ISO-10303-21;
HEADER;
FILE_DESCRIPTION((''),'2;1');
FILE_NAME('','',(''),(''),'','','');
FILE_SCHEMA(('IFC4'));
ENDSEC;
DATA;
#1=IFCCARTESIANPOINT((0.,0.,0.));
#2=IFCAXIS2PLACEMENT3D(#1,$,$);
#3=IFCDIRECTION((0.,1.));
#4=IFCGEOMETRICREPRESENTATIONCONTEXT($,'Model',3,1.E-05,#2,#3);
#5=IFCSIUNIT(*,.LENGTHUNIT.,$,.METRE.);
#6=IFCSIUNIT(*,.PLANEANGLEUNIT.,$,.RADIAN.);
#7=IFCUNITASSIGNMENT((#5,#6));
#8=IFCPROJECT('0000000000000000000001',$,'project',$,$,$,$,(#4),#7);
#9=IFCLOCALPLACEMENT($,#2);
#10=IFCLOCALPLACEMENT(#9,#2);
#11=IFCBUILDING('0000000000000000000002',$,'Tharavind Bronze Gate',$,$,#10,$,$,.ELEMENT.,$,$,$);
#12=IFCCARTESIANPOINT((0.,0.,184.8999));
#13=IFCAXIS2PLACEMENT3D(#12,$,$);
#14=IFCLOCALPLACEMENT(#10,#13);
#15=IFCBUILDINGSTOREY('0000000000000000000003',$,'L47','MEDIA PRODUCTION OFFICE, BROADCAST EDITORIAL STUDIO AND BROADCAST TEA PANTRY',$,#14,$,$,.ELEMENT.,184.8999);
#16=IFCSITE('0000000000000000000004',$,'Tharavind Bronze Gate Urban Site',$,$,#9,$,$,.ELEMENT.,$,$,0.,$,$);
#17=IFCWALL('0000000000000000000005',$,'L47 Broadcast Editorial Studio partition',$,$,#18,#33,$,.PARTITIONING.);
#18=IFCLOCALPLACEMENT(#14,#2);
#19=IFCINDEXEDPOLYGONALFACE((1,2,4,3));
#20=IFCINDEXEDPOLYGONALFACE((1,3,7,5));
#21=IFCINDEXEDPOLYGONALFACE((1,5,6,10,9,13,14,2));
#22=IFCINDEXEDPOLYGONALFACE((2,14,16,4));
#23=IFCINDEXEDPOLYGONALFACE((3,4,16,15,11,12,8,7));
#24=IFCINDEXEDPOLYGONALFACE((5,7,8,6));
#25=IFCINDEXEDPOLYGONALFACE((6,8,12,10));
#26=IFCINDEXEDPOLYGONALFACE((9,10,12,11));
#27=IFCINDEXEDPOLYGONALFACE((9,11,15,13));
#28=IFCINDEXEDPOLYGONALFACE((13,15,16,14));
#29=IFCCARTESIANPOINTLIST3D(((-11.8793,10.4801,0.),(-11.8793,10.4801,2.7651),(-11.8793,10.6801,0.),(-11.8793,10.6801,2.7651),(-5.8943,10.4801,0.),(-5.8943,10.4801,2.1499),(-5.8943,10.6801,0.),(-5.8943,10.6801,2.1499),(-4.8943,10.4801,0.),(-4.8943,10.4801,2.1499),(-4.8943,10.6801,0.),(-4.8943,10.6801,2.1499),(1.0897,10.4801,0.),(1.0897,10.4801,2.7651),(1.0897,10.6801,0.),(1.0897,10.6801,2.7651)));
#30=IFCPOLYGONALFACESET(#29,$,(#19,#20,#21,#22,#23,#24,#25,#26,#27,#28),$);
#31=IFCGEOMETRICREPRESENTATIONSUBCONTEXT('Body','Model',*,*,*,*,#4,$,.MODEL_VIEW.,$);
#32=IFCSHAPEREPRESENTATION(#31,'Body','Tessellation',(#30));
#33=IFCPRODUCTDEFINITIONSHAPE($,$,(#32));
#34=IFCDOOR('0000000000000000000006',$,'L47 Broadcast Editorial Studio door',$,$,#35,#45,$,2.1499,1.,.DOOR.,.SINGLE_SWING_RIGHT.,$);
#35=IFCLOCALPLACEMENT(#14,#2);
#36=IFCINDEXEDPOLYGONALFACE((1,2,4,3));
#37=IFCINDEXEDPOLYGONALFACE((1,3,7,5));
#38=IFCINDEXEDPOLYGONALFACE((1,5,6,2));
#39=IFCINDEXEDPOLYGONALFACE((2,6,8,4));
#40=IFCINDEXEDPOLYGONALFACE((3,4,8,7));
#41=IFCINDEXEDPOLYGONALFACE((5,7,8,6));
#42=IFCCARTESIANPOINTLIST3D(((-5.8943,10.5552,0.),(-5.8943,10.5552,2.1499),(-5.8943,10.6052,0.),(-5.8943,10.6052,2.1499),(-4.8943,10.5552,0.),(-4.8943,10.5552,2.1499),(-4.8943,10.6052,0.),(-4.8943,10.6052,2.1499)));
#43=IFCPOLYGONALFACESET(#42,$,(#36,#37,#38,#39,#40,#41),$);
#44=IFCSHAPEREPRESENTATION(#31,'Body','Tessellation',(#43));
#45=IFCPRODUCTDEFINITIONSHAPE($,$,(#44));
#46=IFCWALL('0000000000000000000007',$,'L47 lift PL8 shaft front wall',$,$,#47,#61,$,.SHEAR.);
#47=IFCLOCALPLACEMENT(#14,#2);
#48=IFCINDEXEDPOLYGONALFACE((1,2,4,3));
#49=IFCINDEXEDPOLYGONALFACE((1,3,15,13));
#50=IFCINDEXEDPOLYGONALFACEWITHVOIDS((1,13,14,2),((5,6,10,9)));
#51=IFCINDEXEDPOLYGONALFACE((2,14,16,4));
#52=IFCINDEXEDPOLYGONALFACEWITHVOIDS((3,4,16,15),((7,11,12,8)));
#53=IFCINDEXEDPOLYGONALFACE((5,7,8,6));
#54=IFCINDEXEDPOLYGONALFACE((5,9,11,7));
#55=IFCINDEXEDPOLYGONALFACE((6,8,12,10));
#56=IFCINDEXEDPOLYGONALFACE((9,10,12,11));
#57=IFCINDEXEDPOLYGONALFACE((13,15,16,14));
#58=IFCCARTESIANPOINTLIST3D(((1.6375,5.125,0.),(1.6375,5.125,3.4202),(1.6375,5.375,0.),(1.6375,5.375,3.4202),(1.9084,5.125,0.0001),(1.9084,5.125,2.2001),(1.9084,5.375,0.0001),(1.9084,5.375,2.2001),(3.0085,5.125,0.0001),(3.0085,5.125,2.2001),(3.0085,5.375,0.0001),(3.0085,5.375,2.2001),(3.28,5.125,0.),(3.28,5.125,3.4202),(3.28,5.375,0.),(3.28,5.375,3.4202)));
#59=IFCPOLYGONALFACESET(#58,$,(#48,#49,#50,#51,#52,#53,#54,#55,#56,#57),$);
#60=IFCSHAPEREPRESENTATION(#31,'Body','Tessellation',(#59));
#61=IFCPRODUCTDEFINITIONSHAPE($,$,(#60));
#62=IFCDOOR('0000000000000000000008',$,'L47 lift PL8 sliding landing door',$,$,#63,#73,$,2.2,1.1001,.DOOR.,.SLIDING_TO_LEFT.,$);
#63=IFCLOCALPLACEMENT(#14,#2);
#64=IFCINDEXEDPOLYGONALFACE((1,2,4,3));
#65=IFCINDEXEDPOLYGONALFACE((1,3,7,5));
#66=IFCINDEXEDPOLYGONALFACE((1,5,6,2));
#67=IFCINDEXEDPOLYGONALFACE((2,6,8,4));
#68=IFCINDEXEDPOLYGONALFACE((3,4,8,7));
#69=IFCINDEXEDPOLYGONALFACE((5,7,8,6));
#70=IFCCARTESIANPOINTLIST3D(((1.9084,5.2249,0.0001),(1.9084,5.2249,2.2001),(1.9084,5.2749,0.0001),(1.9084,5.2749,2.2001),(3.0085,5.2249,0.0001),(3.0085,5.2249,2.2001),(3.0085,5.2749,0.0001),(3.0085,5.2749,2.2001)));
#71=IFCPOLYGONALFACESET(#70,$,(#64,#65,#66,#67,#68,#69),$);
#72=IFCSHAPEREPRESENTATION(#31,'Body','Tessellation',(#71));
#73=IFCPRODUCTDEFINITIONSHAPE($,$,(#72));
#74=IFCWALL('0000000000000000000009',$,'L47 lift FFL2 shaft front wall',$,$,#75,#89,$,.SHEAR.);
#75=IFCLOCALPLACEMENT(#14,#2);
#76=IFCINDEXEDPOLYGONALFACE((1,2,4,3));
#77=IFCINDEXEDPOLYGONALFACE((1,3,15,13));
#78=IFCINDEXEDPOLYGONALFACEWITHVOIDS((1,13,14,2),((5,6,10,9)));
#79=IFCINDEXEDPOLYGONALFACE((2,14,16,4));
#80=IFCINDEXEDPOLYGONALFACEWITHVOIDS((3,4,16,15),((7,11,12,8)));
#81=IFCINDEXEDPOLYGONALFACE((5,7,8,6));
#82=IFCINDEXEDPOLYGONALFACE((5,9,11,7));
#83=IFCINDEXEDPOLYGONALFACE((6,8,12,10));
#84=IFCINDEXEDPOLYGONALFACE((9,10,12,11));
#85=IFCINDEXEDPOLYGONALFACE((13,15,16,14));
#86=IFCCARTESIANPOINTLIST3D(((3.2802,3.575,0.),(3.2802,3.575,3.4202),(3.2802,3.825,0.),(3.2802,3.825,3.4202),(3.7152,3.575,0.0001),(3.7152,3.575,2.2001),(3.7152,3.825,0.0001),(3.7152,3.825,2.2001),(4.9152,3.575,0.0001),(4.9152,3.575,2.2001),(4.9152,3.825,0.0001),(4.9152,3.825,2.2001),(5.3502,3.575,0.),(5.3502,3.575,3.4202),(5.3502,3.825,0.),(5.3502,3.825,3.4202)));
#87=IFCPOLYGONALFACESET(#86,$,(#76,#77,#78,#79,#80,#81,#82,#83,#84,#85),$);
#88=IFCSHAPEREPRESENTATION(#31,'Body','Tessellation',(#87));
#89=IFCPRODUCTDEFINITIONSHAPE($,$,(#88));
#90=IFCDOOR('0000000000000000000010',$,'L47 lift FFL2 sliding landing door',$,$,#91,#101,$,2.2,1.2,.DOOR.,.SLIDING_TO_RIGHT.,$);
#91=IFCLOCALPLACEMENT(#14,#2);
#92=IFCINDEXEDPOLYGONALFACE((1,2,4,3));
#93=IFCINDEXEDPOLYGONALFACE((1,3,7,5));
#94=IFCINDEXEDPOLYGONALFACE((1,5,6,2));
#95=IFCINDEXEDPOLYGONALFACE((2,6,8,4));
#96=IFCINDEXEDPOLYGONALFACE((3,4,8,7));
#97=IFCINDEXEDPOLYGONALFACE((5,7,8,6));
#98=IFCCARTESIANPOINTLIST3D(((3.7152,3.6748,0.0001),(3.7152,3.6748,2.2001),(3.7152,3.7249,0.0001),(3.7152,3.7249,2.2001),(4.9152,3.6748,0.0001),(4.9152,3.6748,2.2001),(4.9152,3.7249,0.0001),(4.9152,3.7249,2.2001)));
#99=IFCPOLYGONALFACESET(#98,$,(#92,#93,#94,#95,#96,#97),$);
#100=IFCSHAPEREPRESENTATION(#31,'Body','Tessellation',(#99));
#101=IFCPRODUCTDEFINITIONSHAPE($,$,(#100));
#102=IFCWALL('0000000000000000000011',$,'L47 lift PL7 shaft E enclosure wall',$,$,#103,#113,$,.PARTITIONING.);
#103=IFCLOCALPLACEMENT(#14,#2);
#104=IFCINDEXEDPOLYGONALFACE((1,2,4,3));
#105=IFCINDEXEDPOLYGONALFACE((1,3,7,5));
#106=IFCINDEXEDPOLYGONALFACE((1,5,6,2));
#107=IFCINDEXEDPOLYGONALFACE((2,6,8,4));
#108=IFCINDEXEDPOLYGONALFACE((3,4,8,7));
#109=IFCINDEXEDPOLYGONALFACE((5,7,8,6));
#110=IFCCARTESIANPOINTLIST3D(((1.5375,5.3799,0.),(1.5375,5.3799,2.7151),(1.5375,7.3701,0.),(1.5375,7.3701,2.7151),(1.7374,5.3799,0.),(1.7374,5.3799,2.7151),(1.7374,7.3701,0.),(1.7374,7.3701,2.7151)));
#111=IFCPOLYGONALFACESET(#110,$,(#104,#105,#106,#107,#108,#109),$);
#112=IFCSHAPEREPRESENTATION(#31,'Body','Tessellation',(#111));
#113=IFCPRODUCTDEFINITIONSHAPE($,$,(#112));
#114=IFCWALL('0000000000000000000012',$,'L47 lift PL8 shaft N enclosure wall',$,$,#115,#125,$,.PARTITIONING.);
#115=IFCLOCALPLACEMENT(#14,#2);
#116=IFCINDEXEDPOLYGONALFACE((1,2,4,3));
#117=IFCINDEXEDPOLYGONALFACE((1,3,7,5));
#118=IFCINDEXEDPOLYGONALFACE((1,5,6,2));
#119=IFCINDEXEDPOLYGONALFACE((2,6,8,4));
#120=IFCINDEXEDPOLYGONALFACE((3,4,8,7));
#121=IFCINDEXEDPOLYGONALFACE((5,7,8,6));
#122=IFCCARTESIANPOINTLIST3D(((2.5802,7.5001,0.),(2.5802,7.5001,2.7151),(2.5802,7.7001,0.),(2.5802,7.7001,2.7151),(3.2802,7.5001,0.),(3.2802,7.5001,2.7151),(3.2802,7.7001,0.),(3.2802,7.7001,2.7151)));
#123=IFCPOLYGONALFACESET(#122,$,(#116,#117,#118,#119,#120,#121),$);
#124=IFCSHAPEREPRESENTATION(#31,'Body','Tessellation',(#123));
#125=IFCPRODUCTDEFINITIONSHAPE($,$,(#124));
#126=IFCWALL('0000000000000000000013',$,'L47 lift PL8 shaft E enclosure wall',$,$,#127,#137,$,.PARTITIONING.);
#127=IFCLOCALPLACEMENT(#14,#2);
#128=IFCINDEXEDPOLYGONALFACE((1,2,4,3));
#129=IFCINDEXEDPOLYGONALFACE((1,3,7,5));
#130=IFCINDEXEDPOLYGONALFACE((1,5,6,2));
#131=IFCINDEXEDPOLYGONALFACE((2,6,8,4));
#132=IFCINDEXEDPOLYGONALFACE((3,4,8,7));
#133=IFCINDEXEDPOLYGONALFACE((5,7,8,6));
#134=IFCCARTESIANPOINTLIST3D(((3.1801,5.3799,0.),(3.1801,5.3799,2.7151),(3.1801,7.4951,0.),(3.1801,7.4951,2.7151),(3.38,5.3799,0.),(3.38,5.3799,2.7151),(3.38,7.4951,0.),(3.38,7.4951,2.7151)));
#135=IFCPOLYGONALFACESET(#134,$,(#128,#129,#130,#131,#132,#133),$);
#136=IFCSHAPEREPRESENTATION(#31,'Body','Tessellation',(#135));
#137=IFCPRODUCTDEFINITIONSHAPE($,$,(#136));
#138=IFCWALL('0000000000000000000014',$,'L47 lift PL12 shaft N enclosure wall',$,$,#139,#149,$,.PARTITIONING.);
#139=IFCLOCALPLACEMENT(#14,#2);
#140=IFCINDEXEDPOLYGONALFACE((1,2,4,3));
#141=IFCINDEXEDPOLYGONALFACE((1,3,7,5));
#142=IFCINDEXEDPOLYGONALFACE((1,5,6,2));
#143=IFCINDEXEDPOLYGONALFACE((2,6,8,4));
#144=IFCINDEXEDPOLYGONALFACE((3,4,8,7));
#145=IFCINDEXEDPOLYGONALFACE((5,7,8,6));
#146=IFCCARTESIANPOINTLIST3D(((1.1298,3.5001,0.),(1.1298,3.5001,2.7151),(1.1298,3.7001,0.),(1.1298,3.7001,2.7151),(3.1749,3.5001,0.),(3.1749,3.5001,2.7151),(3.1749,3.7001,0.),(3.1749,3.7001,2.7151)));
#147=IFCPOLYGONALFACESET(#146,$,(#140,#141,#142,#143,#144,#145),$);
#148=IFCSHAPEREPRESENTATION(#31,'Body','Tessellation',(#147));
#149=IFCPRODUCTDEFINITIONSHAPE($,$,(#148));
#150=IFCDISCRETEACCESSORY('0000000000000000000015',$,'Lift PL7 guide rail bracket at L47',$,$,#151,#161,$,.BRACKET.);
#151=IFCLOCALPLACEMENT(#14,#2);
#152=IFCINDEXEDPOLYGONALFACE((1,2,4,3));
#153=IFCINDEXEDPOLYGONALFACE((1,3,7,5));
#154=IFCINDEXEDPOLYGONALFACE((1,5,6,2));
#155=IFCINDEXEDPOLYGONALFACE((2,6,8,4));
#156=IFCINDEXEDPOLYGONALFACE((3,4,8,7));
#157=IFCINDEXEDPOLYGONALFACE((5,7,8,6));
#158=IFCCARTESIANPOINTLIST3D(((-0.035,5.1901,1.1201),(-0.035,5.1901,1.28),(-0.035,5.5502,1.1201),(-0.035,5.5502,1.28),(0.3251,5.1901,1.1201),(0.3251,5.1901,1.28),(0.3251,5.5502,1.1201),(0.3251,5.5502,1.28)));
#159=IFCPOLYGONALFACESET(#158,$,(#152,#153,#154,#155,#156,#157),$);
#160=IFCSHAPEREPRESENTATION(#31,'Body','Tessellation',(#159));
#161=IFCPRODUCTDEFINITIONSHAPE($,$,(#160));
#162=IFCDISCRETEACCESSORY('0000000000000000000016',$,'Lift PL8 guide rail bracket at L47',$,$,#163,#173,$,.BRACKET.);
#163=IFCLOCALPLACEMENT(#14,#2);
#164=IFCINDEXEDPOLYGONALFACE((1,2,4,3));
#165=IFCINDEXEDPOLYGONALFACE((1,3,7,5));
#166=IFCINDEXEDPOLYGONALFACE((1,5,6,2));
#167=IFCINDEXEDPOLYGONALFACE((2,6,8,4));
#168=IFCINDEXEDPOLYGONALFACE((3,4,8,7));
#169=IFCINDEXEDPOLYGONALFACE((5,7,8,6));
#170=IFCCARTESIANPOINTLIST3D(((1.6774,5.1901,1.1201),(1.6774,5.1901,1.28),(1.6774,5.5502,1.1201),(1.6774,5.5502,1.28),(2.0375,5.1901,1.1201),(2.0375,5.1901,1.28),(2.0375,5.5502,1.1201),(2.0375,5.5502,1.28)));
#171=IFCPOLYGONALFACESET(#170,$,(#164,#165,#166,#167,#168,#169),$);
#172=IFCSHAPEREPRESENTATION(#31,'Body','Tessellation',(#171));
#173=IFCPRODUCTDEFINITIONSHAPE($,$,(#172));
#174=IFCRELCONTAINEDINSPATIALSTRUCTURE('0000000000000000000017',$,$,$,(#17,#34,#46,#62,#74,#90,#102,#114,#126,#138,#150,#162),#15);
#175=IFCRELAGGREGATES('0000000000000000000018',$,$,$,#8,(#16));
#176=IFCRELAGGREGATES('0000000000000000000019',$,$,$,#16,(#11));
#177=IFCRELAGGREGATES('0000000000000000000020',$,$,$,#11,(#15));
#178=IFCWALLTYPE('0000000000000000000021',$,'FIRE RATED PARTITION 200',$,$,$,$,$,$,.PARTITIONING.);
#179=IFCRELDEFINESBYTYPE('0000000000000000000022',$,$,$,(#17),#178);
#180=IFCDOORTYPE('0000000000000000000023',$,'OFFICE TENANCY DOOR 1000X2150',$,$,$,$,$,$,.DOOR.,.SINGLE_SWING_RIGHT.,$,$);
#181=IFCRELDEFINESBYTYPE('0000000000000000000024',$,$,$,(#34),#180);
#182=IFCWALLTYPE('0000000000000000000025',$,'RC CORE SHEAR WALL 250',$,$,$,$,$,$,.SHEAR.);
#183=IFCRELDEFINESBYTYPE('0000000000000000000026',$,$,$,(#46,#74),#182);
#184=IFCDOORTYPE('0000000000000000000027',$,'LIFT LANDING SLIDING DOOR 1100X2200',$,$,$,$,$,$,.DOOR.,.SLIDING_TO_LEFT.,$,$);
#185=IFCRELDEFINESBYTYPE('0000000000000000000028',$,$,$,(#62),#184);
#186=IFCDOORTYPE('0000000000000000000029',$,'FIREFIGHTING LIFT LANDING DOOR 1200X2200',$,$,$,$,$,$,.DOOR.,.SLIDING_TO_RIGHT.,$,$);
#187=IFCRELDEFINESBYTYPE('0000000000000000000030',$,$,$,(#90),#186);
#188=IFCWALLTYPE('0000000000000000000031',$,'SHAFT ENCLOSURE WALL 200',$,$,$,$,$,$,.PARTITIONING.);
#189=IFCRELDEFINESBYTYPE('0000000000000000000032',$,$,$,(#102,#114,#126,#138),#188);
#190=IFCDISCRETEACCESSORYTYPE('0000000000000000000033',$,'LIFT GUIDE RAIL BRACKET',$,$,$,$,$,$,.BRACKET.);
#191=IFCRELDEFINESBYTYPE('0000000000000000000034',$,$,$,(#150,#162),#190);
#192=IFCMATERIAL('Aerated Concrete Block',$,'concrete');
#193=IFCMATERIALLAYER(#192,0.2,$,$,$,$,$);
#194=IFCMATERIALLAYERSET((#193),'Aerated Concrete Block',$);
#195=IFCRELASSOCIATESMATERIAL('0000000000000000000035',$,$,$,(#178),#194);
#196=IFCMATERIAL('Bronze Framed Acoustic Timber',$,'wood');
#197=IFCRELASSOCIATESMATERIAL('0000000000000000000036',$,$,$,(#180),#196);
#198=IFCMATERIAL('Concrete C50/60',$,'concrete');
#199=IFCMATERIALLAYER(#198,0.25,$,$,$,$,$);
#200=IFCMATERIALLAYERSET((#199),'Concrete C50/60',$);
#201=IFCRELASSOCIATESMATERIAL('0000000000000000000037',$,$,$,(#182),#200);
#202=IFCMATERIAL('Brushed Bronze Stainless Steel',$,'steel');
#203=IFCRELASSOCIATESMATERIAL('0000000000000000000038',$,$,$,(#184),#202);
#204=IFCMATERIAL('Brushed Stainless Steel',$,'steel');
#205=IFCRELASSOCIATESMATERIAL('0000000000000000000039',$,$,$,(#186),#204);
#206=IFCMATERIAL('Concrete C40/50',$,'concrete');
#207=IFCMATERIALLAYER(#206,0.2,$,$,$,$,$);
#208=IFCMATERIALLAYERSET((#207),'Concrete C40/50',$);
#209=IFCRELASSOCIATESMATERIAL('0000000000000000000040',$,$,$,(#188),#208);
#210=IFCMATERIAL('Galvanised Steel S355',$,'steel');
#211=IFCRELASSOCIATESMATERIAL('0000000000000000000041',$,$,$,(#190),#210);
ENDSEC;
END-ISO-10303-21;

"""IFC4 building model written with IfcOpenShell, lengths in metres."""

from ifc_helpers import new_model, si_unit, direction, frame, frame_2d, origin, origin_2d, place, context, subcontext, project, spatial, rectangle, extrude, material, layer, layer_set, type_object, element, fill, save


model = new_model("IFC4")

# Units and contexts
model_context = context("Model", 3, precision=1e-05, world=origin(), true_north=direction((0.0, 1.0)))
body_context = subcontext(model_context, "Body", "Model", "MODEL_VIEW")
ifc_project = project(units=[si_unit("LENGTHUNIT", "METRE"), si_unit("PLANEANGLEUNIT", "RADIAN")], contexts=[model_context])

# Site, building, storey
site_placement = place(None, origin())
site = spatial("IfcSite", under=ifc_project, at=site_placement, Name="Tharavind Bronze Gate Urban Site", CompositionType="ELEMENT", RefElevation=0.0)
building_placement = place(site_placement, origin())
building = spatial("IfcBuilding", under=site, at=building_placement, Name="Tharavind Bronze Gate", CompositionType="ELEMENT")
storey_placement = place(building_placement, frame((0.0, 0.0, 184.8999)))
storey = spatial("IfcBuildingStorey", under=building, at=storey_placement, Name="L47", Description="MEDIA PRODUCTION OFFICE, BROADCAST EDITORIAL STUDIO AND BROADCAST TEA PANTRY", CompositionType="ELEMENT", Elevation=184.8999)

# Shared definitions
ifc_material_1 = material(Name="Aerated Concrete Block", Category="concrete")
ifc_layer_1 = layer(ifc_material_1, 0.2)
ifc_layer_set_1 = layer_set([ifc_layer_1], Name="Aerated Concrete Block")
wall_type_1 = type_object("IfcWallType", Name="FIRE RATED PARTITION 200", PredefinedType="PARTITIONING", material=ifc_layer_set_1)

# Walls, openings, doors
wall_1_placement = place(storey_placement, frame((1.0896, 10.5801, 0.0), z_axis=(0.0, 0.0, 1.0), x_axis=(-1.0, 0.0, 0.0)))
wall_1 = element("IfcWall", 1, at=wall_1_placement, inside=storey, type_object=wall_type_1, Name="L47 Broadcast Editorial Studio partition", PredefinedType="PARTITIONING", context=body_context, shape_type="SweptSolid", body=[
    extrude(rectangle(XDim=12.969, YDim=0.2, at=frame_2d((6.4844, 0.0))), origin(), (0.0, 0.0, 1.0), 2.7651),
])
opening_1_placement = place(wall_1_placement, frame((5.9839, 0.0, 0.0)))
opening_1 = element("IfcOpeningElement", 2, at=opening_1_placement, cuts=wall_1, PredefinedType="OPENING", context=body_context, shape_type="SweptSolid", body=[
    extrude(rectangle(XDim=1.0, YDim=2.1499, at=frame_2d((0.5, 1.075))), frame((0.0, 0.1101, 0.0), z_axis=(0.0, -1.0, 0.0), x_axis=(1.0, 0.0, 0.0)), (0.0, 0.0, 1.0), 0.22),
])
ifc_material_2 = material(Name="Bronze Framed Acoustic Timber", Category="wood")
door_type_1 = type_object("IfcDoorType", Name="OFFICE TENANCY DOOR 1000X2150", OperationType="SINGLE_SWING_RIGHT", PredefinedType="DOOR", material=ifc_material_2)
door_1_placement = place(opening_1_placement, origin())
door_1 = element("IfcDoor", 3, at=door_1_placement, inside=storey, type_object=door_type_1, Name="L47 Broadcast Editorial Studio door", OperationType="SINGLE_SWING_RIGHT", OverallHeight=2.1499, OverallWidth=1.0, PredefinedType="DOOR", context=body_context, shape_type="SweptSolid", body=[
    extrude(rectangle(XDim=1.0, YDim=2.1499, at=frame_2d((0.5, 1.075))), frame((0.0, 0.0249, 0.0), z_axis=(0.0, -1.0, 0.0), x_axis=(1.0, 0.0, 0.0)), (0.0, 0.0, 1.0), 0.05),
])
fill(opening_1, door_1)
ifc_material_3 = material(Name="Concrete C50/60", Category="concrete")
ifc_layer_2 = layer(ifc_material_3, 0.25)
ifc_layer_set_2 = layer_set([ifc_layer_2], Name="Concrete C50/60")
wall_type_2 = type_object("IfcWallType", Name="RC CORE SHEAR WALL 250", PredefinedType="SHEAR", material=ifc_layer_set_2)
wall_2_placement = place(storey_placement, frame((1.6375, 5.25, 0.0), z_axis=(0.0, 0.0, 1.0), x_axis=(1.0, 0.0, 0.0)))
wall_2 = element("IfcWall", 4, at=wall_2_placement, inside=storey, type_object=wall_type_2, Name="L47 lift PL8 shaft front wall", PredefinedType="SHEAR", context=body_context, shape_type="SweptSolid", body=[
    extrude(rectangle(XDim=1.6426, YDim=0.25, at=frame_2d((0.8213, 0.0))), origin(), (0.0, 0.0, 1.0), 3.4202),
])
opening_2_placement = place(wall_2_placement, frame((0.271, 0.0, 0.0)))
opening_2 = element("IfcOpeningElement", 5, at=opening_2_placement, cuts=wall_2, PredefinedType="OPENING", context=body_context, shape_type="SweptSolid", body=[
    extrude(rectangle(XDim=1.1001, YDim=2.2, at=frame_2d((0.55, 1.1001))), frame((0.0, 0.135, 0.0), z_axis=(0.0, -1.0, 0.0), x_axis=(1.0, 0.0, 0.0)), (0.0, 0.0, 1.0), 0.27),
])
ifc_material_4 = material(Name="Brushed Bronze Stainless Steel", Category="steel")
door_type_2 = type_object("IfcDoorType", Name="LIFT LANDING SLIDING DOOR 1100X2200", OperationType="SLIDING_TO_LEFT", PredefinedType="DOOR", material=ifc_material_4)
door_2_placement = place(opening_2_placement, origin())
door_2 = element("IfcDoor", 6, at=door_2_placement, inside=storey, type_object=door_type_2, Name="L47 lift PL8 sliding landing door", OperationType="SLIDING_TO_LEFT", OverallHeight=2.2, OverallWidth=1.1001, PredefinedType="DOOR", context=body_context, shape_type="SweptSolid", body=[
    extrude(rectangle(XDim=1.1001, YDim=2.2, at=frame_2d((0.55, 1.1001))), frame((0.0, 0.0249, 0.0), z_axis=(0.0, -1.0, 0.0), x_axis=(1.0, 0.0, 0.0)), (0.0, 0.0, 1.0), 0.05),
])
fill(opening_2, door_2)
wall_3_placement = place(storey_placement, frame((3.28, 3.7, 0.0), z_axis=(0.0, 0.0, 1.0), x_axis=(1.0, 0.0, 0.0)))
wall_3 = element("IfcWall", 7, at=wall_3_placement, inside=storey, type_object=wall_type_2, Name="L47 lift FFL2 shaft front wall", PredefinedType="SHEAR", context=body_context, shape_type="SweptSolid", body=[
    extrude(rectangle(XDim=2.0701, YDim=0.25, at=frame_2d((1.0352, 0.0))), origin(), (0.0, 0.0, 1.0), 3.4202),
])
opening_3_placement = place(wall_3_placement, frame((0.4351, 0.0, 0.0)))
opening_3 = element("IfcOpeningElement", 8, at=opening_3_placement, cuts=wall_3, PredefinedType="OPENING", context=body_context, shape_type="SweptSolid", body=[
    extrude(rectangle(XDim=1.2, YDim=2.2, at=frame_2d((0.6001, 1.1001))), frame((0.0, 0.135, 0.0), z_axis=(0.0, -1.0, 0.0), x_axis=(1.0, 0.0, 0.0)), (0.0, 0.0, 1.0), 0.27),
])
ifc_material_5 = material(Name="Brushed Stainless Steel", Category="steel")
door_type_3 = type_object("IfcDoorType", Name="FIREFIGHTING LIFT LANDING DOOR 1200X2200", OperationType="SLIDING_TO_RIGHT", PredefinedType="DOOR", material=ifc_material_5)
door_3_placement = place(opening_3_placement, origin())
door_3 = element("IfcDoor", 9, at=door_3_placement, inside=storey, type_object=door_type_3, Name="L47 lift FFL2 sliding landing door", OperationType="SLIDING_TO_RIGHT", OverallHeight=2.2, OverallWidth=1.2, PredefinedType="DOOR", context=body_context, shape_type="SweptSolid", body=[
    extrude(rectangle(XDim=1.2, YDim=2.2, at=frame_2d((0.6001, 1.1001))), frame((0.0, 0.0249, 0.0), z_axis=(0.0, -1.0, 0.0), x_axis=(1.0, 0.0, 0.0)), (0.0, 0.0, 1.0), 0.05),
])
fill(opening_3, door_3)

# Walls
ifc_material_6 = material(Name="Concrete C40/50", Category="concrete")
ifc_layer_3 = layer(ifc_material_6, 0.2)
ifc_layer_set_3 = layer_set([ifc_layer_3], Name="Concrete C40/50")
wall_type_3 = type_object("IfcWallType", Name="SHAFT ENCLOSURE WALL 200", PredefinedType="PARTITIONING", material=ifc_layer_set_3)
wall_4_placement = place(storey_placement, frame((1.6375, 5.3799, 0.0), z_axis=(0.0, 0.0, 1.0), x_axis=(0.0, 1.0, 0.0)))
element("IfcWall", 10, at=wall_4_placement, inside=storey, type_object=wall_type_3, Name="L47 lift PL7 shaft E enclosure wall", PredefinedType="PARTITIONING", context=body_context, shape_type="SweptSolid", body=[
    extrude(rectangle(XDim=1.9902, YDim=0.2, at=frame_2d((0.9951, 0.0))), origin(), (0.0, 0.0, 1.0), 2.7151),
])
wall_5_placement = place(storey_placement, frame((2.5801, 7.6001, 0.0), z_axis=(0.0, 0.0, 1.0), x_axis=(1.0, 0.0, 0.0)))
element("IfcWall", 11, at=wall_5_placement, inside=storey, type_object=wall_type_3, Name="L47 lift PL8 shaft N enclosure wall", PredefinedType="PARTITIONING", context=body_context, shape_type="SweptSolid", body=[
    extrude(rectangle(XDim=0.7, YDim=0.2, at=frame_2d((0.3501, 0.0))), origin(), (0.0, 0.0, 1.0), 2.7151),
])
wall_6_placement = place(storey_placement, frame((3.28, 5.3799, 0.0), z_axis=(0.0, 0.0, 1.0), x_axis=(0.0, 1.0, 0.0)))
element("IfcWall", 12, at=wall_6_placement, inside=storey, type_object=wall_type_3, Name="L47 lift PL8 shaft E enclosure wall", PredefinedType="PARTITIONING", context=body_context, shape_type="SweptSolid", body=[
    extrude(rectangle(XDim=2.1152, YDim=0.2, at=frame_2d((1.0576, 0.0))), origin(), (0.0, 0.0, 1.0), 2.7151),
])
wall_7_placement = place(storey_placement, frame((1.1299, 3.6001, 0.0), z_axis=(0.0, 0.0, 1.0), x_axis=(1.0, 0.0, 0.0)))
element("IfcWall", 13, at=wall_7_placement, inside=storey, type_object=wall_type_3, Name="L47 lift PL12 shaft N enclosure wall", PredefinedType="PARTITIONING", context=body_context, shape_type="SweptSolid", body=[
    extrude(rectangle(XDim=2.0452, YDim=0.2, at=frame_2d((1.0225, 0.0))), origin(), (0.0, 0.0, 1.0), 2.7151),
])

# Discrete accessories
ifc_material_7 = material(Name="Galvanised Steel S355", Category="steel")
discrete_accessory_type = type_object("IfcDiscreteAccessoryType", Name="LIFT GUIDE RAIL BRACKET", PredefinedType="BRACKET", material=ifc_material_7)
for number, where, z_axis, x_axis, name in (
    (14, (0.145, 5.3701, 1.1201), (0.0, 0.0, 1.0), (1.0, 0.0, 0.0), "Lift PL7 guide rail bracket at L47"),
    (15, (1.8574, 5.3701, 1.1201), (0.0, 0.0, 1.0), (1.0, 0.0, 0.0), "Lift PL8 guide rail bracket at L47"),
):
    element("IfcDiscreteAccessory", number, at=place(storey_placement, frame(where, z_axis=z_axis, x_axis=x_axis)), inside=storey, type_object=discrete_accessory_type, Name=name, PredefinedType="BRACKET", context=body_context, shape_type="SweptSolid", body=[
        extrude(rectangle(XDim=0.3601, YDim=0.3601, at=origin_2d()), origin(), (0.0, 0.0, 1.0), 0.1599),
    ])

save(model, "model.ifc")
